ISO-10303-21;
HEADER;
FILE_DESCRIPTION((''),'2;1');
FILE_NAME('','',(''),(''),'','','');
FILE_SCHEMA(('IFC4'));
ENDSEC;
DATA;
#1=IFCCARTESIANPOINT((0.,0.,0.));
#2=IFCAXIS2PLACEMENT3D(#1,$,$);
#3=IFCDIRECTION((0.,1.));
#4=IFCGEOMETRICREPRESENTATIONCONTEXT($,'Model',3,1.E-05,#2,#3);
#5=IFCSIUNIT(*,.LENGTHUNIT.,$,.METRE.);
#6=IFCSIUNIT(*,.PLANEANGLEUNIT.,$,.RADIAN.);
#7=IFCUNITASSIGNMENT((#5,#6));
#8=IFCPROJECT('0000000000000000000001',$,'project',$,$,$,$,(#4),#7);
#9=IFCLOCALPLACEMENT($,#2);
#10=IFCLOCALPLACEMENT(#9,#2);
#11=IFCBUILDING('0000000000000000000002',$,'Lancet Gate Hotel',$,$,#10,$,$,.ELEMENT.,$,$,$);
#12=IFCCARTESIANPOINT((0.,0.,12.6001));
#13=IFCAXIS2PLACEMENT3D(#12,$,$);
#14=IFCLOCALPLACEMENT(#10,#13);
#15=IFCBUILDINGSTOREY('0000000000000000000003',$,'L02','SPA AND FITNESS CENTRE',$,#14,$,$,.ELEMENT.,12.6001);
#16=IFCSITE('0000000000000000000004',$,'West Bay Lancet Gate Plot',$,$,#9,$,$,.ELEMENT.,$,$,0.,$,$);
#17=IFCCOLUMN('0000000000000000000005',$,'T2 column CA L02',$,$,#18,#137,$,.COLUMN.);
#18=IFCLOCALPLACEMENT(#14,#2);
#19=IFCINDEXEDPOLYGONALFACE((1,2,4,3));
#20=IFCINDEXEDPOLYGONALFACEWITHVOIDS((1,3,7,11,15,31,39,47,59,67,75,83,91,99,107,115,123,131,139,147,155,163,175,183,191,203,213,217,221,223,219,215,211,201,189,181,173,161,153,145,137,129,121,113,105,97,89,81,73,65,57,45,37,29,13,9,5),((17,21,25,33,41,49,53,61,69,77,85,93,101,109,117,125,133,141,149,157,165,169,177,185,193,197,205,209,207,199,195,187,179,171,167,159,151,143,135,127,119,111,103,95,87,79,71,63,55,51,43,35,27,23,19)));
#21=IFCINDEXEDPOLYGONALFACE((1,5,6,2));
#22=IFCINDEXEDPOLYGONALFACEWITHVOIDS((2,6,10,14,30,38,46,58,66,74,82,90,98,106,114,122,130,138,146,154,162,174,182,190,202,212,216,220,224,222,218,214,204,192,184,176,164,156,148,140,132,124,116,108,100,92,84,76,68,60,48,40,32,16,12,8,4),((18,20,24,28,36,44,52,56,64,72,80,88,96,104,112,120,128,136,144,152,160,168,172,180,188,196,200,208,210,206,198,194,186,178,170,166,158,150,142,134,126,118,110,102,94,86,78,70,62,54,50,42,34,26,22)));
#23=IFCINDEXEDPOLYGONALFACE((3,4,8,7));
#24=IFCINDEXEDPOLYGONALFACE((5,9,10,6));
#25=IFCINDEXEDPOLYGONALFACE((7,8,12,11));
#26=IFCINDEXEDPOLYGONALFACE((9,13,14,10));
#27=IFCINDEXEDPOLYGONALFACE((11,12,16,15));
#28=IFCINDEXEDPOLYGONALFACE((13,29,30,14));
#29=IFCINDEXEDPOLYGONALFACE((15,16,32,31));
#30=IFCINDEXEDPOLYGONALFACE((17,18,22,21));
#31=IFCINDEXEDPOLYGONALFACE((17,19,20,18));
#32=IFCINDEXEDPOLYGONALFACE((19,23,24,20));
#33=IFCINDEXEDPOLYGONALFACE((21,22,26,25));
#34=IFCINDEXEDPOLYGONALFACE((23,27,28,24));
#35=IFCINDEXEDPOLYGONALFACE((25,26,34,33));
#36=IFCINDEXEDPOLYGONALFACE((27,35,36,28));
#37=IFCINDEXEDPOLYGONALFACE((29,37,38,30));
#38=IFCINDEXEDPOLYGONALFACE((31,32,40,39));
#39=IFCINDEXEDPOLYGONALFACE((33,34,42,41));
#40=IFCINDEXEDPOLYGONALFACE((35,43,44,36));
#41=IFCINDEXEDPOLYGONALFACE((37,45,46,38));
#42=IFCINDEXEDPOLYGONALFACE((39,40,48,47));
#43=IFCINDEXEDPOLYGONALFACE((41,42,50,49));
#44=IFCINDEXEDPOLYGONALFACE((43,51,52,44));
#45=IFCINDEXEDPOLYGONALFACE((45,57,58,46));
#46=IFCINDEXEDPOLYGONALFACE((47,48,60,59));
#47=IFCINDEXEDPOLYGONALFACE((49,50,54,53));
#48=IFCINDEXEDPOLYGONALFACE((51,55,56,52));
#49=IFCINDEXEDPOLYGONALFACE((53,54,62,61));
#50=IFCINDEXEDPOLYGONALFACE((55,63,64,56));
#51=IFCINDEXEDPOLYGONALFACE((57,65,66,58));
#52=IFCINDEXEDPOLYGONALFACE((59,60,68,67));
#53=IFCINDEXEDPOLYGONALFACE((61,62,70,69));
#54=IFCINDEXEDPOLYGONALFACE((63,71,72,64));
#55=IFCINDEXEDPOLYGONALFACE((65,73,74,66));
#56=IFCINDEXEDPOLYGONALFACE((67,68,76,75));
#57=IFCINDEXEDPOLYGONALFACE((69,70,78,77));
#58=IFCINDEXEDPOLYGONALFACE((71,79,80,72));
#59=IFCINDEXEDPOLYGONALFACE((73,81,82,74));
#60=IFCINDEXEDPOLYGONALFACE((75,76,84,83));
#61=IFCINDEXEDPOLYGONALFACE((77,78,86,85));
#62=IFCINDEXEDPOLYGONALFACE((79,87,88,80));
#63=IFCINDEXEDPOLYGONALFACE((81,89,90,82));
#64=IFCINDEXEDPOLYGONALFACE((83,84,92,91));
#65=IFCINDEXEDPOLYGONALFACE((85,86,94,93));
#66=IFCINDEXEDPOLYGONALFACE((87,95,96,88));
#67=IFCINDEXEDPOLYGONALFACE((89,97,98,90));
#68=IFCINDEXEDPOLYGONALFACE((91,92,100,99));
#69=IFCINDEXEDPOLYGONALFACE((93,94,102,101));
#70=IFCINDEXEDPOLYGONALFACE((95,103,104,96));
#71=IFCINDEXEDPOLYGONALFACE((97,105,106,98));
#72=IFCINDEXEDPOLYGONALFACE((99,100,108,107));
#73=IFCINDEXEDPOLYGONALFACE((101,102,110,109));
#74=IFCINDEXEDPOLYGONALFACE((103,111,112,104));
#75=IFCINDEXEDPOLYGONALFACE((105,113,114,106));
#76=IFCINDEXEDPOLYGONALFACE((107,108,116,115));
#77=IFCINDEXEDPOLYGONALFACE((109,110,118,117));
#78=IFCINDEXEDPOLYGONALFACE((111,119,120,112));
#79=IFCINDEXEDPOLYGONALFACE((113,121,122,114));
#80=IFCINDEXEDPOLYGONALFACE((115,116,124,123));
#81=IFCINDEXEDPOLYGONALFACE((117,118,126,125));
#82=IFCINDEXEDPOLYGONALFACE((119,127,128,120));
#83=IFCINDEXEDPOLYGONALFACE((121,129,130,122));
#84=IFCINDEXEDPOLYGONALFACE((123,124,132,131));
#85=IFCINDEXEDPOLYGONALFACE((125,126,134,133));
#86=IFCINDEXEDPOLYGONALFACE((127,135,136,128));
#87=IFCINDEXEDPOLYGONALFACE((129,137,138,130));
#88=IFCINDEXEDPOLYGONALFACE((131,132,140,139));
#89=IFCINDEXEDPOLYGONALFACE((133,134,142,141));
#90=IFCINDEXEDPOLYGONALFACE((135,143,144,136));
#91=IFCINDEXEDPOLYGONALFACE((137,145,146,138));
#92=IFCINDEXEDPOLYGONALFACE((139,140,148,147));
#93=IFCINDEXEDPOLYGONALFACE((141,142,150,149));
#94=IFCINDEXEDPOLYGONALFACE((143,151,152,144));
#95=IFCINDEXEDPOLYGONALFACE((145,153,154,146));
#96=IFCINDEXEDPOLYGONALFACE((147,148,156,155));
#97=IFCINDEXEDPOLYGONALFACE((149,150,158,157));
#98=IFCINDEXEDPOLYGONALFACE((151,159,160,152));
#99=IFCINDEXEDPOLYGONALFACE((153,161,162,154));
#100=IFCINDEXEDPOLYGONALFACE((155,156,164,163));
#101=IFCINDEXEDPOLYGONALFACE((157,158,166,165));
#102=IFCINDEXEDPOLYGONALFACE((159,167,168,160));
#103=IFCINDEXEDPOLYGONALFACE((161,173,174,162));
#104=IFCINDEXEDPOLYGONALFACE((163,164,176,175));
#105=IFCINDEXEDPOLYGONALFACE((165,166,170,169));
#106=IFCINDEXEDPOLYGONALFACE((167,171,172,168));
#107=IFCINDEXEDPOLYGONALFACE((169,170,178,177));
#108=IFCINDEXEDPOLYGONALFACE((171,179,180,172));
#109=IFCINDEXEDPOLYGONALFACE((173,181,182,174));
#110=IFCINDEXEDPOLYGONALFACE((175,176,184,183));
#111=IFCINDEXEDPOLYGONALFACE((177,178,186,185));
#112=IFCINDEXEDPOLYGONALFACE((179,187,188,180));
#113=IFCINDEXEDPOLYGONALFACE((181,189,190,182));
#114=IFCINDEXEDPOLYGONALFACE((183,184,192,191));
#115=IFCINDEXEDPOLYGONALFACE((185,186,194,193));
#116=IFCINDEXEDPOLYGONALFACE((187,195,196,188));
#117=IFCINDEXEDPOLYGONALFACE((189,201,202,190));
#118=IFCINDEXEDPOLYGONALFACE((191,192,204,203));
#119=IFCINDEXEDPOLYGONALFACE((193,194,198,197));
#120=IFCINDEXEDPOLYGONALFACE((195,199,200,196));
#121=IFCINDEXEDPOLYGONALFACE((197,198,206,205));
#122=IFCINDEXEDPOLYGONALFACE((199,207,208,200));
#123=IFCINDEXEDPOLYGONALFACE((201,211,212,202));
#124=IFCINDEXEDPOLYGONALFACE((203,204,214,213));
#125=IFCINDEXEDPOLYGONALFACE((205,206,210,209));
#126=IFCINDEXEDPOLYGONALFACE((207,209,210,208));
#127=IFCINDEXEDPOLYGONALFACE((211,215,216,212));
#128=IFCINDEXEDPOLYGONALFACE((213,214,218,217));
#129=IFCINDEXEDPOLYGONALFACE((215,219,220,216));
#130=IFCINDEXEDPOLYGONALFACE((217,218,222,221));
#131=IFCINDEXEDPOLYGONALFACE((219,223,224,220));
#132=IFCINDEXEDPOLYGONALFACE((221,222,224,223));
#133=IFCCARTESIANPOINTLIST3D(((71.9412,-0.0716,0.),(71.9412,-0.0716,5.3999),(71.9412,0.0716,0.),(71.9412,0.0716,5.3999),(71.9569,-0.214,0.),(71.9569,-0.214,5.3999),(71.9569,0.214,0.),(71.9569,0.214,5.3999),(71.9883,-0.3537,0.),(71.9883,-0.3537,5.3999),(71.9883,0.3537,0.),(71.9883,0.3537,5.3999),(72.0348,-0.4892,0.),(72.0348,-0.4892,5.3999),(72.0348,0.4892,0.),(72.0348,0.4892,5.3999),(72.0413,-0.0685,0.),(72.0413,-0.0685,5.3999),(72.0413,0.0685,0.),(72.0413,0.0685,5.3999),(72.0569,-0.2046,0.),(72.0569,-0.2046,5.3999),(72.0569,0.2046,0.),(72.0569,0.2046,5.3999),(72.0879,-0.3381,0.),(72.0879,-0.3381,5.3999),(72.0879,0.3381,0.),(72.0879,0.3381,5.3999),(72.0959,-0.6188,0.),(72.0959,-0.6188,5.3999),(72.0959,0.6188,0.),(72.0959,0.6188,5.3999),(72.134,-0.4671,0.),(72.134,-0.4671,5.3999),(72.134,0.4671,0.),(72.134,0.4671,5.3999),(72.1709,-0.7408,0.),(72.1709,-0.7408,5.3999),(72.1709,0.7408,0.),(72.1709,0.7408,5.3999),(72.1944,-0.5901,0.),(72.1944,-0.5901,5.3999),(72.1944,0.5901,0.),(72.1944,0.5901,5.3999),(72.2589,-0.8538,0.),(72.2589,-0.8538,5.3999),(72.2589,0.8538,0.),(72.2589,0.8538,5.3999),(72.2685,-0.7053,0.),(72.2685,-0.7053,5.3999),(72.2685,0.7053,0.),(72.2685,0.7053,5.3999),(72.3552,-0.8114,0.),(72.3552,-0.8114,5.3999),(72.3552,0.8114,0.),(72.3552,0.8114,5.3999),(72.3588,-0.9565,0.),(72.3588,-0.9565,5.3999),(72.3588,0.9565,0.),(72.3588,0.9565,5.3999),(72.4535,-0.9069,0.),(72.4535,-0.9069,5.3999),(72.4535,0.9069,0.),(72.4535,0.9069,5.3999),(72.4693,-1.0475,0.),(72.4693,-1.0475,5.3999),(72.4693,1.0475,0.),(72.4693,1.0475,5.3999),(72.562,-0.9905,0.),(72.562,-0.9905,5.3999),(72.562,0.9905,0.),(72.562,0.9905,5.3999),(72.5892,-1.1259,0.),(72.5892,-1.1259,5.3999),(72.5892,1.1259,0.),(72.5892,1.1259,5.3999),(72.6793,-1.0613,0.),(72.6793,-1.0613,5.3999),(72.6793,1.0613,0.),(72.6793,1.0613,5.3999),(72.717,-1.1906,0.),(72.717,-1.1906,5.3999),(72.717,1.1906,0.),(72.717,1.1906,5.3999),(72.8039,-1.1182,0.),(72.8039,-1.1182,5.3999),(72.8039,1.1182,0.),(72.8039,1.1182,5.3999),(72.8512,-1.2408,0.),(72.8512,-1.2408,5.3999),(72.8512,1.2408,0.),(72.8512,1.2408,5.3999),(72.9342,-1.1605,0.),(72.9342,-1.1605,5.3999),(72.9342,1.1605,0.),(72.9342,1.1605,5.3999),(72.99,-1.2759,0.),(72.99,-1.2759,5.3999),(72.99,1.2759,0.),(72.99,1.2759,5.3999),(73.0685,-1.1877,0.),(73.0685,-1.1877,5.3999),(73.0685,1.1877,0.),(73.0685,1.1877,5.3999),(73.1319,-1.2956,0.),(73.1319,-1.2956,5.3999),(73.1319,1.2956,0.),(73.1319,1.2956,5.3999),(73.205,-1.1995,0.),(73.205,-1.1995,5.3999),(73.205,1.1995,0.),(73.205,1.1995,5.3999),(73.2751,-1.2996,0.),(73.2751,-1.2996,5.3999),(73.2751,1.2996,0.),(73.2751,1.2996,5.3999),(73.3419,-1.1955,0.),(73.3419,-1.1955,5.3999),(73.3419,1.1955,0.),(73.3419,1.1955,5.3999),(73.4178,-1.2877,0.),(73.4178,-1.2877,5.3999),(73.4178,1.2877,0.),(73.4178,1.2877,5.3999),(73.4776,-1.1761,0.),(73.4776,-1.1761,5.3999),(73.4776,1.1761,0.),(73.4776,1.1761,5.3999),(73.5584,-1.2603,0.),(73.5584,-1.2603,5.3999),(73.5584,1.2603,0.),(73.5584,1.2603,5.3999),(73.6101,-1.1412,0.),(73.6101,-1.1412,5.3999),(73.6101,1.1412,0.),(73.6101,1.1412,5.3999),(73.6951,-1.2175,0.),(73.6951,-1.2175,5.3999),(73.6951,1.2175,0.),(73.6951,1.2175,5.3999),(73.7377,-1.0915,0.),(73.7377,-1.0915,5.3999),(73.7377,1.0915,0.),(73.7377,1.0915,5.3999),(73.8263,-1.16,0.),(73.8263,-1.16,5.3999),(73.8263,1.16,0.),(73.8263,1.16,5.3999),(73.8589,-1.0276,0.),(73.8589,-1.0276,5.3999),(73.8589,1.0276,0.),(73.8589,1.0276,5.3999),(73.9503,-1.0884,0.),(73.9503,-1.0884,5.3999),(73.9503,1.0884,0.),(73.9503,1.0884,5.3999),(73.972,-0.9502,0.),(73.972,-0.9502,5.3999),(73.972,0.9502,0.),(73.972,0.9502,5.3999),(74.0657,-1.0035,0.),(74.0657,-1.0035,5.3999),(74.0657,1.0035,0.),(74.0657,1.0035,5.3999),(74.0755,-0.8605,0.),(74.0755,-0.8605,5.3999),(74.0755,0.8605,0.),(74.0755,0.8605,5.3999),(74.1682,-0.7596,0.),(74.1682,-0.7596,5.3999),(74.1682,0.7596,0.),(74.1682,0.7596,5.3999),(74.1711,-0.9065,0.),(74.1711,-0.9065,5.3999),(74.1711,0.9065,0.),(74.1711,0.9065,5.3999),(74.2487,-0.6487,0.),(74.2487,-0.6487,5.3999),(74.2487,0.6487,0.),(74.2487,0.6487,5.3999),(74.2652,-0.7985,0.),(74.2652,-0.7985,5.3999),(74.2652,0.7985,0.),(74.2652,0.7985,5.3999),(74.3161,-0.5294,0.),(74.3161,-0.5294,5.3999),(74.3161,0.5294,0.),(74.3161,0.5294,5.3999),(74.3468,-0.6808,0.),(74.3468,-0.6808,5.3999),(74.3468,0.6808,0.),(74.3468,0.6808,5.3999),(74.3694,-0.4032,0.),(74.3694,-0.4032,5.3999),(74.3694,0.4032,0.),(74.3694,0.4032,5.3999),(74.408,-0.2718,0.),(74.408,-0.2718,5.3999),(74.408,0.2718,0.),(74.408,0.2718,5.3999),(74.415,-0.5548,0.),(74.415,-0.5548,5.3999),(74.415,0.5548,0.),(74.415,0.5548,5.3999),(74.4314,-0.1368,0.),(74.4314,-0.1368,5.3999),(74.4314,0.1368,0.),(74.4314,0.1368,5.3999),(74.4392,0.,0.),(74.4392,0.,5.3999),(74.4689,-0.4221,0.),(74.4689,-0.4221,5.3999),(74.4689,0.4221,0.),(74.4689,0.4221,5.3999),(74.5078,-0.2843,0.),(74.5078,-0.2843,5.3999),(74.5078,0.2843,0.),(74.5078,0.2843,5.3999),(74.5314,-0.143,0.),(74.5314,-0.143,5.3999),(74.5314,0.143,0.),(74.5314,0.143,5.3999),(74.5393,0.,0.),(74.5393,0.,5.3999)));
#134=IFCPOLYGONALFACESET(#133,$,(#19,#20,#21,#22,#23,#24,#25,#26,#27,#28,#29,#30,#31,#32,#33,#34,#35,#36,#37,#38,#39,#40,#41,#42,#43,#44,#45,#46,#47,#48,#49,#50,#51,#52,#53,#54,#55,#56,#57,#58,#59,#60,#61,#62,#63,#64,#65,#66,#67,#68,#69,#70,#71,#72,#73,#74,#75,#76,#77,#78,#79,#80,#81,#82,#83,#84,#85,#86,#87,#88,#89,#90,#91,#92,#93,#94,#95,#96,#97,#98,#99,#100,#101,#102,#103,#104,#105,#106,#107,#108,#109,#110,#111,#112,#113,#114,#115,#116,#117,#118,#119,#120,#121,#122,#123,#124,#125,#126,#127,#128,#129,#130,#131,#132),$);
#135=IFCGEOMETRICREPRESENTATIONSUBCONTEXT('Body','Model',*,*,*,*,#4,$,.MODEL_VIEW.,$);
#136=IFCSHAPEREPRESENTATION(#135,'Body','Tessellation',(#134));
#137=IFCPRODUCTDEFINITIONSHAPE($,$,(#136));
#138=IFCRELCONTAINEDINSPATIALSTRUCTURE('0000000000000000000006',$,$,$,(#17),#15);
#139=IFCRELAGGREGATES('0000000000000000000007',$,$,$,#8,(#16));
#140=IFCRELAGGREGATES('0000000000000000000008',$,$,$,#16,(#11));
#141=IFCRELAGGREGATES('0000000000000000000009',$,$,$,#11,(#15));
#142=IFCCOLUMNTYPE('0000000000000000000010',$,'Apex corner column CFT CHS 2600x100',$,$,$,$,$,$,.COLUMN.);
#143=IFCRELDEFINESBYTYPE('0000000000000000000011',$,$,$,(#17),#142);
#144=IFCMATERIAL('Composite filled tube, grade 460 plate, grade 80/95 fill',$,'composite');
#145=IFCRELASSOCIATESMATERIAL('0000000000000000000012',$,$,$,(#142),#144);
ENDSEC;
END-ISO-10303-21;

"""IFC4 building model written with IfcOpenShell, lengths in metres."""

from ifc_helpers import new_model, si_unit, direction, frame, origin, origin_2d, place, context, subcontext, project, spatial, hollow_circle, extrude, material, material_profile, profile_set, type_object, element, save


model = new_model("IFC4")

# Units and contexts
model_context = context("Model", 3, precision=1e-05, world=origin(), true_north=direction((0.0, 1.0)))
body_context = subcontext(model_context, "Body", "Model", "MODEL_VIEW")
ifc_project = project(units=[si_unit("LENGTHUNIT", "METRE"), si_unit("PLANEANGLEUNIT", "RADIAN")], contexts=[model_context])

# Site, building, storey
site_placement = place(None, origin())
site = spatial("IfcSite", under=ifc_project, at=site_placement, Name="West Bay Lancet Gate Plot", CompositionType="ELEMENT", RefElevation=0.0)
building_placement = place(site_placement, origin())
building = spatial("IfcBuilding", under=site, at=building_placement, Name="Lancet Gate Hotel", CompositionType="ELEMENT")
storey_placement = place(building_placement, frame((0.0, 0.0, 12.6001)))
storey = spatial("IfcBuildingStorey", under=building, at=storey_placement, Name="L02", Description="SPA AND FITNESS CENTRE", CompositionType="ELEMENT", Elevation=12.6001)

# Column
ifc_material_1 = material(Name="Composite filled tube, grade 460 plate, grade 80/95 fill", Category="composite")
ifc_material_profile_1 = material_profile(ifc_material_1, hollow_circle(Radius=1.3, WallThickness=0.1001, at=origin_2d()), Name="CHS 2600x100")
ifc_profile_set_1 = profile_set([ifc_material_profile_1], Name="Composite filled tube, grade 460 plate, grade 80/95 fill")
column_type_1 = type_object("IfcColumnType", Name="Apex corner column CFT CHS 2600x100", PredefinedType="COLUMN", material=ifc_profile_set_1)
column_1_placement = place(storey_placement, frame((73.2393, 0.0, 0.0), z_axis=(0.0, 0.0, 1.0), x_axis=(1.0, 0.0, 0.0)))
element("IfcColumn", 1, at=column_1_placement, inside=storey, type_object=column_type_1, Name="T2 column CA L02", PredefinedType="COLUMN", context=body_context, shape_type="SweptSolid", body=[
    extrude(hollow_circle(Radius=1.3, WallThickness=0.1001, at=origin_2d()), origin(), (0.0, 0.0, 1.0), 5.3999),
])

save(model, "model.ifc")
